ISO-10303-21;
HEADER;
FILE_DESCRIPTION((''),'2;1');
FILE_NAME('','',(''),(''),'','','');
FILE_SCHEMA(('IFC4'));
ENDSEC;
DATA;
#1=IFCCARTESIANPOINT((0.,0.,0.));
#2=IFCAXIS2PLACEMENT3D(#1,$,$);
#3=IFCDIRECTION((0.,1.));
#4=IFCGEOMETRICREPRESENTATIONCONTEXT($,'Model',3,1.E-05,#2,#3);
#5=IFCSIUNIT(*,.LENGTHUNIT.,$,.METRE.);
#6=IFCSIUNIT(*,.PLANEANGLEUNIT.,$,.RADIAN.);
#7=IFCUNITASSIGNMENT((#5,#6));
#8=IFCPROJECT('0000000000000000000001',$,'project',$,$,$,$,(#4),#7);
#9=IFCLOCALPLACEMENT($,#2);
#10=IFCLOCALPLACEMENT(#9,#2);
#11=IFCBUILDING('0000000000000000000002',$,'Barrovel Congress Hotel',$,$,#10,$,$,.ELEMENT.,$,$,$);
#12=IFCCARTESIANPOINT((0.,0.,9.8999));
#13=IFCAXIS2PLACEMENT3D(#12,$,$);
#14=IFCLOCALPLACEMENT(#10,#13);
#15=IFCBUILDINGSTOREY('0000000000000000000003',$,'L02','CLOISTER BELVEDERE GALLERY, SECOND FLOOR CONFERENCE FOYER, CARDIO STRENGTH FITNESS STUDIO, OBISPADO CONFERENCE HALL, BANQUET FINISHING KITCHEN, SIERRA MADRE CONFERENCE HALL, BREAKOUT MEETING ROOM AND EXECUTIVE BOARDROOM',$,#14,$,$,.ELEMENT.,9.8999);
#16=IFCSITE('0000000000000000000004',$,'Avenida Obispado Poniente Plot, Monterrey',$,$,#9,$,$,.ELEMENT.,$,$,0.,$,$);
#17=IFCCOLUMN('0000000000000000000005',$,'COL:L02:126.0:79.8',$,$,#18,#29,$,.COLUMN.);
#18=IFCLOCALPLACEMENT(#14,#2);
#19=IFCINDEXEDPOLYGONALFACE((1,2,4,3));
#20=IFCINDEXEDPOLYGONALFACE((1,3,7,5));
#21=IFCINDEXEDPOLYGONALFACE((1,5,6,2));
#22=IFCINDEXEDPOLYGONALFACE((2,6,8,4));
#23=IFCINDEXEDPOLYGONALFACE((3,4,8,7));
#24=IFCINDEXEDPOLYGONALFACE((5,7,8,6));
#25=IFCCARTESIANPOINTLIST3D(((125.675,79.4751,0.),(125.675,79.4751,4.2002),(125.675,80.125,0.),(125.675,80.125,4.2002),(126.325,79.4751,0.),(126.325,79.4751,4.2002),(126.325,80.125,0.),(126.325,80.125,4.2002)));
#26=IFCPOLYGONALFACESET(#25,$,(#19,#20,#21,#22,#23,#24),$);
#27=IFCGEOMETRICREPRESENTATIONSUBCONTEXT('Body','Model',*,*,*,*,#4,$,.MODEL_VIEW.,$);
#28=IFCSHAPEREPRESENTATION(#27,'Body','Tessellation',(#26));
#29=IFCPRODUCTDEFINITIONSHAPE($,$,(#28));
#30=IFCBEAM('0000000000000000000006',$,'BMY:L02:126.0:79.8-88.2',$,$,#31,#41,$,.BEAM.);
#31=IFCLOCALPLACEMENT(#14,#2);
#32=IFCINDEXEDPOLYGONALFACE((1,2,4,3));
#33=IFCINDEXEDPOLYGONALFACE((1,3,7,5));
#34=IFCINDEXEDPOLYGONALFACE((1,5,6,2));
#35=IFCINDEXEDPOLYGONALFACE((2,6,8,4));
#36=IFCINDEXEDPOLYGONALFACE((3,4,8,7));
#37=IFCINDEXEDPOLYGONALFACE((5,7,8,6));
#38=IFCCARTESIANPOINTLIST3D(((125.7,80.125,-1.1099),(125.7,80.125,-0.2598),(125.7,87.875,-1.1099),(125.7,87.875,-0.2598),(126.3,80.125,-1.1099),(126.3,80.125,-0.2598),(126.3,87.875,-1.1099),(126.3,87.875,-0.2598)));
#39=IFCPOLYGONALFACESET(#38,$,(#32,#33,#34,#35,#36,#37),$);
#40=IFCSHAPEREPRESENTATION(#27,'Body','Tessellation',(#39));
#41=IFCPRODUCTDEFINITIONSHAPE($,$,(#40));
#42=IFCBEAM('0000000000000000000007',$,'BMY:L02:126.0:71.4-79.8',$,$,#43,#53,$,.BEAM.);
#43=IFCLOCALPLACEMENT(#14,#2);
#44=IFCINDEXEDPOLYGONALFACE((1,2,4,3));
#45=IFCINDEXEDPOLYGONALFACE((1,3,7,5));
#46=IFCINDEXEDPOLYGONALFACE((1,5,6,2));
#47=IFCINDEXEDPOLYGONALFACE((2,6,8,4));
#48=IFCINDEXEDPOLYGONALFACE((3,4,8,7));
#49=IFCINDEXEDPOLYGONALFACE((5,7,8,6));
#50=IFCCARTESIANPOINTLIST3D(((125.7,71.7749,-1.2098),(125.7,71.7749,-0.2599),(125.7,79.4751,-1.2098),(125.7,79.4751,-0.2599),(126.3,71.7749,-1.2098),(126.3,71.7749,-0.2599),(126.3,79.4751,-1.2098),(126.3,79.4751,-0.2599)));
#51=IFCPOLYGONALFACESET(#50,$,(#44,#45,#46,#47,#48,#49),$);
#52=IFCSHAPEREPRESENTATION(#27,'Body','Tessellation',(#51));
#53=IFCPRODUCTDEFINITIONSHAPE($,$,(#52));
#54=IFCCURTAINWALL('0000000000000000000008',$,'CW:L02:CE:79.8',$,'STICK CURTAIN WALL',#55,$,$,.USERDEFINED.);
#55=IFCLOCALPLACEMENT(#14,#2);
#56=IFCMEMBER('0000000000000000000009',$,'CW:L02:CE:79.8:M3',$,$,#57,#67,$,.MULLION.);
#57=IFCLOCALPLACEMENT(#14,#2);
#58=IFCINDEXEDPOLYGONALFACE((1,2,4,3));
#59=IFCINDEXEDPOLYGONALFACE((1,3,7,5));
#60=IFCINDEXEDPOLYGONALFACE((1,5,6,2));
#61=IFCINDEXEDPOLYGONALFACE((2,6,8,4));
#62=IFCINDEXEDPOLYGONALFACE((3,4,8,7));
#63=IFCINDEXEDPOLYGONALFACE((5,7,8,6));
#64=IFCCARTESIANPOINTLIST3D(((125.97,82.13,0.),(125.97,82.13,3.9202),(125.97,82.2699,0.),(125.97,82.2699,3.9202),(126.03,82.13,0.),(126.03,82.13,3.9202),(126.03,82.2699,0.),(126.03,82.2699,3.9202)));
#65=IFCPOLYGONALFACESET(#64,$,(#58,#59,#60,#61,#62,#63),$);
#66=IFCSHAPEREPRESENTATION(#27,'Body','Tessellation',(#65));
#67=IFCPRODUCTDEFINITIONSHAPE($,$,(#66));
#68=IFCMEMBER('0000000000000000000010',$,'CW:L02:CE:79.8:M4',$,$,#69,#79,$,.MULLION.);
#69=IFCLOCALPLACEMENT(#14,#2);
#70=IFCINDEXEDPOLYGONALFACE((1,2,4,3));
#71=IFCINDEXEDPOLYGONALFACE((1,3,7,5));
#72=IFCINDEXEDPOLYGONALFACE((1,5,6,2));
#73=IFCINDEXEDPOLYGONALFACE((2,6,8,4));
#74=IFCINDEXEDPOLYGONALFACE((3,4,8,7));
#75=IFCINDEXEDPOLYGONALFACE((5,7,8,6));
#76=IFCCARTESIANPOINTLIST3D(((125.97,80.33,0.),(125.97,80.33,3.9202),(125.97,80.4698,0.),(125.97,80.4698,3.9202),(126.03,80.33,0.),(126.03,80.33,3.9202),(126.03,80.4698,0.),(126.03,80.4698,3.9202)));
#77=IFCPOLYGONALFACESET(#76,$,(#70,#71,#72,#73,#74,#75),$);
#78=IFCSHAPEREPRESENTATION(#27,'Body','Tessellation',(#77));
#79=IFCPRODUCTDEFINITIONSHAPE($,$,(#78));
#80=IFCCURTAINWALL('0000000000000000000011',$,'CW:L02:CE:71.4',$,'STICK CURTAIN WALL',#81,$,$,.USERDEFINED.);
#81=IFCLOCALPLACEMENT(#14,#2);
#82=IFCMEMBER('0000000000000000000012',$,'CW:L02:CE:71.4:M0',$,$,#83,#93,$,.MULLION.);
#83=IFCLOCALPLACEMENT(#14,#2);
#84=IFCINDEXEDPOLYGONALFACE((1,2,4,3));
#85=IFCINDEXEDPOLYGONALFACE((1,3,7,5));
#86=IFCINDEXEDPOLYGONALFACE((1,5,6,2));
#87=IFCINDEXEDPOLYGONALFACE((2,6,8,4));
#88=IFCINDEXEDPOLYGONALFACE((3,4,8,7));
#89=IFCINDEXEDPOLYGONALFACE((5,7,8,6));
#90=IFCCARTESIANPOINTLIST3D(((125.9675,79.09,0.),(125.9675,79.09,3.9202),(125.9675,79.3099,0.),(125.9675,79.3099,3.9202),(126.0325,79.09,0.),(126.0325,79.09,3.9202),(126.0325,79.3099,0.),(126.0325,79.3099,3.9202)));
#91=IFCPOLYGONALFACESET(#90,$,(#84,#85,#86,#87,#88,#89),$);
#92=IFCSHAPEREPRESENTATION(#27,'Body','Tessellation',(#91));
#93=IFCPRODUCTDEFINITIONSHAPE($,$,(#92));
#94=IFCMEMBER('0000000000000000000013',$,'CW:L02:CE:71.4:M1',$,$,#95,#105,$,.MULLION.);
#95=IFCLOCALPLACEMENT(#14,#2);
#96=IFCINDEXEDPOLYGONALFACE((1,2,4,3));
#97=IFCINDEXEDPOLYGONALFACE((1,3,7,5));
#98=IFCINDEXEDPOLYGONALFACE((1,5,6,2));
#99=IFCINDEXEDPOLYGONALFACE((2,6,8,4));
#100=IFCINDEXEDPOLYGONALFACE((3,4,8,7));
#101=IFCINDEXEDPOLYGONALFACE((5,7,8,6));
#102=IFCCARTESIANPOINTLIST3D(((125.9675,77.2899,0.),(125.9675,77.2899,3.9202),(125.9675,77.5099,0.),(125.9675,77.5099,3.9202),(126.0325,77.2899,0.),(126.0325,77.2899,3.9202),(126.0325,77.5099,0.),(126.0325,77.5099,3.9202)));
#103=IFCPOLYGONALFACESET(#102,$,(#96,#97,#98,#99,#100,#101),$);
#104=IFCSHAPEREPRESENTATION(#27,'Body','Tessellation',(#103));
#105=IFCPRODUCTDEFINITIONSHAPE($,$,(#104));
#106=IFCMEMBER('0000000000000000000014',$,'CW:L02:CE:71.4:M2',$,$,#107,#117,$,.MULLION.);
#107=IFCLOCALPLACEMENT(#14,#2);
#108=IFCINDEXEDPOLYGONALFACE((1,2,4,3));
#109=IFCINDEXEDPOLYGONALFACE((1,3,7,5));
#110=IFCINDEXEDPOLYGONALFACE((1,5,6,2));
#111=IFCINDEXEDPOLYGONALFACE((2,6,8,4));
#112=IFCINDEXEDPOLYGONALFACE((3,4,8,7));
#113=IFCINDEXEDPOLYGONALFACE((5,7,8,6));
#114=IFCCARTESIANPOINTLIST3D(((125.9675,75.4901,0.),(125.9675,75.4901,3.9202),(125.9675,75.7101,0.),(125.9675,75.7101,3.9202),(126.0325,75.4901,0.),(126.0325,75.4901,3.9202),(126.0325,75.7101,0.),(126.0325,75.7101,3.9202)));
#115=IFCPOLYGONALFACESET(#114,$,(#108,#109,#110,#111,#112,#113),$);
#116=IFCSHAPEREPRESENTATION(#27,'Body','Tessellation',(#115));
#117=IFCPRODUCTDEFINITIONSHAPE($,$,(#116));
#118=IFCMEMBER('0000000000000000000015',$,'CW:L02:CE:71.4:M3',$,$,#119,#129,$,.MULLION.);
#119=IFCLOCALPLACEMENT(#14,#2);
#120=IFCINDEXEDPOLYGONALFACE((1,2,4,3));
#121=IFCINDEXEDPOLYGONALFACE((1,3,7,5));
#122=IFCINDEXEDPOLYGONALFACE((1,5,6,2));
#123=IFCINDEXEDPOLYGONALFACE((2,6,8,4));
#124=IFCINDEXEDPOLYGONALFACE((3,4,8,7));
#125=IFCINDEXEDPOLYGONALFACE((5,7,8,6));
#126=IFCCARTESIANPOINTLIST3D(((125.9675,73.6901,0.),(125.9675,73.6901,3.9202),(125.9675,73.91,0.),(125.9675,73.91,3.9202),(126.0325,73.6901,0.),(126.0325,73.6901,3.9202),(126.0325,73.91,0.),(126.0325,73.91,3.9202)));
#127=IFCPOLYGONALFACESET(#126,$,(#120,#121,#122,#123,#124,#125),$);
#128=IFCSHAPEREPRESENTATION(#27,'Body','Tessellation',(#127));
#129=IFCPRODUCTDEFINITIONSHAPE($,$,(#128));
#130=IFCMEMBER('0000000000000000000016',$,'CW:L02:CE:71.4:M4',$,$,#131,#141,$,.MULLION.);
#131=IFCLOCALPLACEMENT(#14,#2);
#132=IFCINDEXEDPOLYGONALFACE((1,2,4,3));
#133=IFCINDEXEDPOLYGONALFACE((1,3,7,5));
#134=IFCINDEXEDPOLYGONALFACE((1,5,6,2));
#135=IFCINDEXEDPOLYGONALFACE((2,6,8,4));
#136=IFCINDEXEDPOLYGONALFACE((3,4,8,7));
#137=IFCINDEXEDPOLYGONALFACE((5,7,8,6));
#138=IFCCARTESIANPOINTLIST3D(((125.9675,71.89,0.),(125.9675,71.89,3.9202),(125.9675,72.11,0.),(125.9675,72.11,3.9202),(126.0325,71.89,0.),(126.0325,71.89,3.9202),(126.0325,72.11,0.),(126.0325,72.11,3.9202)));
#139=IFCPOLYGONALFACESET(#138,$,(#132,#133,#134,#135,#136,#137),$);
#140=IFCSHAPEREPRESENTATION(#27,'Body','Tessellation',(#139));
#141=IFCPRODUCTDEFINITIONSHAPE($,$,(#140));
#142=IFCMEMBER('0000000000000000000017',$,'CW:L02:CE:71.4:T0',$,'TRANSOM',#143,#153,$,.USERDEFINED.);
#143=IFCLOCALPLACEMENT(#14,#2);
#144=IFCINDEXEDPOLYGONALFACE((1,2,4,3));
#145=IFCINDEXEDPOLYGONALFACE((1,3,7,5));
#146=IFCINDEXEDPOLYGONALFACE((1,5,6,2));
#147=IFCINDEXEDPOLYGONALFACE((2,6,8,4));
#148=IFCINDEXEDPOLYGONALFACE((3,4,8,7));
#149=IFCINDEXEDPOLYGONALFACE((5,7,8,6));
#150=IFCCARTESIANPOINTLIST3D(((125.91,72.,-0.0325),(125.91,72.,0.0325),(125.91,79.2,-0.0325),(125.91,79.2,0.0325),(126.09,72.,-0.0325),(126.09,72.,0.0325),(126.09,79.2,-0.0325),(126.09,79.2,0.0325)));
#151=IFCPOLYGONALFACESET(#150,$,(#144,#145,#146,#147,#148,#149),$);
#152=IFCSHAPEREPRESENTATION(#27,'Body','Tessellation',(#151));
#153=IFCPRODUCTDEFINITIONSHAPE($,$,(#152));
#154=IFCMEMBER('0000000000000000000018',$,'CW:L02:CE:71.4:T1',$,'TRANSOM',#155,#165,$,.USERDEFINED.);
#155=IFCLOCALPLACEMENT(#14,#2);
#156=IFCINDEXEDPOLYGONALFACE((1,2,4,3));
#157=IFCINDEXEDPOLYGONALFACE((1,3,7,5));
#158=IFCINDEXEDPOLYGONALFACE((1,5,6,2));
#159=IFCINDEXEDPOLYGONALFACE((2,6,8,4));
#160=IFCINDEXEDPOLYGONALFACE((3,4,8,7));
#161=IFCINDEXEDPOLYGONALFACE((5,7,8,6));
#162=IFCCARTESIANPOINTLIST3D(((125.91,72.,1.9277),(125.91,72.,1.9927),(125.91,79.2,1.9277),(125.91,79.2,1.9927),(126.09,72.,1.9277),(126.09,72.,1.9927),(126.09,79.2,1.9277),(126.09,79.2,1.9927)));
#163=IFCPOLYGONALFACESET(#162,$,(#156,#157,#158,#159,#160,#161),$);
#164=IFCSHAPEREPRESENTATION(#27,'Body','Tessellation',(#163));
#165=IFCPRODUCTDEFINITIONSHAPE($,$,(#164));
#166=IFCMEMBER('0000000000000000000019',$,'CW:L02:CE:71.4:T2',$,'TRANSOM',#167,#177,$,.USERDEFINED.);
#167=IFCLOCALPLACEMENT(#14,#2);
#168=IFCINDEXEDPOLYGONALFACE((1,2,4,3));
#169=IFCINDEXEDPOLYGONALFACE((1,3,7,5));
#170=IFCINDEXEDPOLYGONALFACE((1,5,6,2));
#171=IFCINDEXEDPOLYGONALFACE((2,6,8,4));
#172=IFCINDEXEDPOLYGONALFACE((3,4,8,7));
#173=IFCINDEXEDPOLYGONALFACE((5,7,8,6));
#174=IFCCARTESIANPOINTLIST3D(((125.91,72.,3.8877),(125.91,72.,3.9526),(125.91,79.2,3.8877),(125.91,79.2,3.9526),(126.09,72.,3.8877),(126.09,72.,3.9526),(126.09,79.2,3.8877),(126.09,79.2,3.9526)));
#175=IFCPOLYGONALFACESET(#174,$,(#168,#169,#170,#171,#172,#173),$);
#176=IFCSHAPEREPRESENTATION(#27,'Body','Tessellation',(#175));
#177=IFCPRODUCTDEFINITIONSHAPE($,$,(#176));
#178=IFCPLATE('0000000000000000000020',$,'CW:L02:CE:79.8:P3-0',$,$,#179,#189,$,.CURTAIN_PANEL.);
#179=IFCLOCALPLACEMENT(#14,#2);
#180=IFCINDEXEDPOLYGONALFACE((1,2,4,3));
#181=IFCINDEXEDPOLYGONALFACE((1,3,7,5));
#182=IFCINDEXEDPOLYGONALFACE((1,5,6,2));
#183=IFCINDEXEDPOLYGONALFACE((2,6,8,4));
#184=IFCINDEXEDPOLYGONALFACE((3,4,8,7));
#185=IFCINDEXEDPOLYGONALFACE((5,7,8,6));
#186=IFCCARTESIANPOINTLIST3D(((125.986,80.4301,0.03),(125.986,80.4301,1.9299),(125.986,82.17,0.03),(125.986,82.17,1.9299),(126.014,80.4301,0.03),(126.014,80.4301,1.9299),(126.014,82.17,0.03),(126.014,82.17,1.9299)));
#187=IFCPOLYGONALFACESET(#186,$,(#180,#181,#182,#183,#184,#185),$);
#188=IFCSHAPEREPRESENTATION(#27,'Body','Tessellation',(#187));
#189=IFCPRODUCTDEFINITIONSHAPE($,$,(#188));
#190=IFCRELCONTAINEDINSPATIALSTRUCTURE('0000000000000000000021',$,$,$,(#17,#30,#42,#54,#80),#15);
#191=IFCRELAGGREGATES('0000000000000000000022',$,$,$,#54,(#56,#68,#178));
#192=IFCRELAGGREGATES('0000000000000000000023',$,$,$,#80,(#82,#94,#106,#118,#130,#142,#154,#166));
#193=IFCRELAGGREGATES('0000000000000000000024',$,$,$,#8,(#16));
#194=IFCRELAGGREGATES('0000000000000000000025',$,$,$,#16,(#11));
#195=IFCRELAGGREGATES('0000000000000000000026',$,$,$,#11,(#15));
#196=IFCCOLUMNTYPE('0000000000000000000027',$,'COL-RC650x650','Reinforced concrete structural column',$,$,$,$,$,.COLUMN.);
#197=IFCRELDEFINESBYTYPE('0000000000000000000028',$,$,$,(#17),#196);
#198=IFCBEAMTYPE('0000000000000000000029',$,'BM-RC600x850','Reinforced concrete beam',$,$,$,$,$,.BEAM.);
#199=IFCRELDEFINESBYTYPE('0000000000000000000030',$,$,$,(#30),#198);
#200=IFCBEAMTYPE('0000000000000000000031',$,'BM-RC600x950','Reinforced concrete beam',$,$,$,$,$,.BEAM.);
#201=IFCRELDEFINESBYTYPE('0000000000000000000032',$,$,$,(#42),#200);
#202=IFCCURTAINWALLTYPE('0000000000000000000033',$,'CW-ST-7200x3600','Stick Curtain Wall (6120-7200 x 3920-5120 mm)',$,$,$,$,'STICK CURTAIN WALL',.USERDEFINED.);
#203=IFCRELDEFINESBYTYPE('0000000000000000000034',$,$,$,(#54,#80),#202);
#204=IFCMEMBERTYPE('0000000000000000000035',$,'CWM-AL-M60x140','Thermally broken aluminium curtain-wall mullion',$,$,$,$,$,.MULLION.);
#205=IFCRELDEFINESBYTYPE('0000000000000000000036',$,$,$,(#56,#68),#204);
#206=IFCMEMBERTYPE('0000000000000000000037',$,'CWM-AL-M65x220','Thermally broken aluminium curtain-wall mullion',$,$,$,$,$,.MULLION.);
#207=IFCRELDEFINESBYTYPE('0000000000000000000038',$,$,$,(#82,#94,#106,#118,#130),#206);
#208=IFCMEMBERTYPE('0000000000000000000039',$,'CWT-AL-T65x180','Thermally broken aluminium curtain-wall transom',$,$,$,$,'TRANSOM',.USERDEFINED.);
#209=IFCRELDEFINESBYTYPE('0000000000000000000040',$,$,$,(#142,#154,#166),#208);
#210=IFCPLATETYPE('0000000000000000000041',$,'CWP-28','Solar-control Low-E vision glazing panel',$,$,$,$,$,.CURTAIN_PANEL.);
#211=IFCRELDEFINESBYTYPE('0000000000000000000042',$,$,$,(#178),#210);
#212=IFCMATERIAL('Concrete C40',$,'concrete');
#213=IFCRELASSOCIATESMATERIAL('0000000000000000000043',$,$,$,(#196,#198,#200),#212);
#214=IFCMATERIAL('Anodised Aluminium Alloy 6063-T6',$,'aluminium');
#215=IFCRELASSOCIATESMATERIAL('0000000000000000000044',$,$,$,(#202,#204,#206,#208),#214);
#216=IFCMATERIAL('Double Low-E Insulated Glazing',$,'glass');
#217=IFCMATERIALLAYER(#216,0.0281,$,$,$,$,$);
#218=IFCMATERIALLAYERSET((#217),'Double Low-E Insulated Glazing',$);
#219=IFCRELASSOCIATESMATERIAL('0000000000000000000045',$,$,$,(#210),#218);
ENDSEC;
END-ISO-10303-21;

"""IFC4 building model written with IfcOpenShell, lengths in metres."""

from ifc_helpers import new_model, si_unit, direction, frame, origin, origin_2d, place, context, subcontext, project, spatial, rectangle, extrude, material, layer, layer_set, material_profile, profile_set, type_object, element, aggregate, save


model = new_model("IFC4")

# Units and contexts
model_context = context("Model", 3, precision=1e-05, world=origin(), true_north=direction((0.0, 1.0)))
body_context = subcontext(model_context, "Body", "Model", "MODEL_VIEW")
ifc_project = project(units=[si_unit("LENGTHUNIT", "METRE"), si_unit("PLANEANGLEUNIT", "RADIAN")], contexts=[model_context])

# Site, building, storey
site_placement = place(None, origin())
site = spatial("IfcSite", under=ifc_project, at=site_placement, Name="Avenida Obispado Poniente Plot, Monterrey", CompositionType="ELEMENT", RefElevation=0.0)
building_placement = place(site_placement, origin())
building = spatial("IfcBuilding", under=site, at=building_placement, Name="Barrovel Congress Hotel", CompositionType="ELEMENT")
storey_placement = place(building_placement, frame((0.0, 0.0, 9.8999)))
storey = spatial("IfcBuildingStorey", under=building, at=storey_placement, Name="L02", Description="CLOISTER BELVEDERE GALLERY, SECOND FLOOR CONFERENCE FOYER, CARDIO STRENGTH FITNESS STUDIO, OBISPADO CONFERENCE HALL, BANQUET FINISHING KITCHEN, SIERRA MADRE CONFERENCE HALL, BREAKOUT MEETING ROOM AND EXECUTIVE BOARDROOM", CompositionType="ELEMENT", Elevation=9.8999)

# Column
ifc_material_1 = material(Name="Concrete C40", Category="concrete")
ifc_material_profile_1 = material_profile(ifc_material_1, rectangle(XDim=0.6499, YDim=0.6499, at=origin_2d()), Name="RC650x650")
ifc_profile_set_1 = profile_set([ifc_material_profile_1], Name="Concrete C40")
column_type = type_object("IfcColumnType", Name="COL-RC650x650", Description="Reinforced concrete structural column", PredefinedType="COLUMN", material=ifc_profile_set_1)
column_placement = place(storey_placement, frame((126.0, 79.8, 0.0), z_axis=(0.0, 0.0, 1.0), x_axis=(1.0, 0.0, 0.0)))
element("IfcColumn", 1, at=column_placement, inside=storey, type_object=column_type, Name="COL:L02:126.0:79.8", PredefinedType="COLUMN", context=body_context, shape_type="SweptSolid", body=[
    extrude(rectangle(XDim=0.6499, YDim=0.6499, at=origin_2d()), origin(), (0.0, 0.0, 1.0), 4.2002),
])

# Beams
ifc_material_profile_2 = material_profile(ifc_material_1, rectangle(XDim=0.6001, YDim=0.8501, at=origin_2d()), Name="RC600x850")
ifc_profile_set_2 = profile_set([ifc_material_profile_2], Name="Concrete C40")
beam_type_1 = type_object("IfcBeamType", Name="BM-RC600x850", Description="Reinforced concrete beam", PredefinedType="BEAM", material=ifc_profile_set_2)
beam_1_placement = place(storey_placement, frame((126.0, 80.125, -0.6848), z_axis=(0.0, 1.0, 0.0), x_axis=(-1.0, 0.0, 0.0)))
element("IfcBeam", 2, at=beam_1_placement, inside=storey, type_object=beam_type_1, Name="BMY:L02:126.0:79.8-88.2", PredefinedType="BEAM", context=body_context, shape_type="SweptSolid", body=[
    extrude(rectangle(XDim=0.6001, YDim=0.8501, at=origin_2d()), origin(), (0.0, 0.0, 1.0), 7.75),
])
ifc_material_profile_3 = material_profile(ifc_material_1, rectangle(XDim=0.6001, YDim=0.95, at=origin_2d()), Name="RC600x950")
ifc_profile_set_3 = profile_set([ifc_material_profile_3], Name="Concrete C40")
beam_type_2 = type_object("IfcBeamType", Name="BM-RC600x950", Description="Reinforced concrete beam", PredefinedType="BEAM", material=ifc_profile_set_3)
beam_2_placement = place(storey_placement, frame((126.0, 71.7749, -0.7349), z_axis=(0.0, 1.0, 0.0), x_axis=(-1.0, 0.0, 0.0)))
element("IfcBeam", 3, at=beam_2_placement, inside=storey, type_object=beam_type_2, Name="BMY:L02:126.0:71.4-79.8", PredefinedType="BEAM", context=body_context, shape_type="SweptSolid", body=[
    extrude(rectangle(XDim=0.6001, YDim=0.95, at=origin_2d()), origin(), (0.0, 0.0, 1.0), 7.7002),
])

# Curtain walls, members
ifc_material_2 = material(Name="Anodised Aluminium Alloy 6063-T6", Category="aluminium")
curtain_wall_type = type_object("IfcCurtainWallType", Name="CW-ST-7200x3600", Description="Stick Curtain Wall (6120-7200 x 3920-5120 mm)", ElementType="STICK CURTAIN WALL", PredefinedType="USERDEFINED", material=ifc_material_2)
curtain_wall_1_placement = place(storey_placement, origin())
curtain_wall_1 = element("IfcCurtainWall", 4, at=curtain_wall_1_placement, inside=storey, type_object=curtain_wall_type, Name="CW:L02:CE:79.8", ObjectType="STICK CURTAIN WALL", PredefinedType="USERDEFINED")
ifc_material_profile_4 = material_profile(ifc_material_2, rectangle(XDim=0.0601, YDim=0.1399, at=origin_2d()), Name="AL-M60x140")
ifc_profile_set_4 = profile_set([ifc_material_profile_4], Name="Anodised Aluminium Alloy 6063-T6")
member_type_1 = type_object("IfcMemberType", Name="CWM-AL-M60x140", Description="Thermally broken aluminium curtain-wall mullion", PredefinedType="MULLION", material=ifc_profile_set_4)
member_1_placement = place(storey_placement, frame((126.0, 82.2, 0.0), z_axis=(0.0, 0.0, 1.0), x_axis=(1.0, 0.0, 0.0)))
member_1 = element("IfcMember", 5, at=member_1_placement, type_object=member_type_1, Name="CW:L02:CE:79.8:M3", PredefinedType="MULLION", context=body_context, shape_type="SweptSolid", body=[
    extrude(rectangle(XDim=0.0601, YDim=0.1399, at=origin_2d()), origin(), (0.0, 0.0, 1.0), 3.9202),
])
member_2_placement = place(storey_placement, frame((126.0, 80.3999, 0.0), z_axis=(0.0, 0.0, 1.0), x_axis=(1.0, 0.0, 0.0)))
member_2 = element("IfcMember", 6, at=member_2_placement, type_object=member_type_1, Name="CW:L02:CE:79.8:M4", PredefinedType="MULLION", context=body_context, shape_type="SweptSolid", body=[
    extrude(rectangle(XDim=0.0601, YDim=0.1399, at=origin_2d()), origin(), (0.0, 0.0, 1.0), 3.9202),
])
curtain_wall_2_placement = place(storey_placement, origin())
curtain_wall_2 = element("IfcCurtainWall", 7, at=curtain_wall_2_placement, inside=storey, type_object=curtain_wall_type, Name="CW:L02:CE:71.4", ObjectType="STICK CURTAIN WALL", PredefinedType="USERDEFINED")
ifc_material_profile_5 = material_profile(ifc_material_2, rectangle(XDim=0.0649, YDim=0.22, at=origin_2d()), Name="AL-M65x220")
ifc_profile_set_5 = profile_set([ifc_material_profile_5], Name="Anodised Aluminium Alloy 6063-T6")
member_type_2 = type_object("IfcMemberType", Name="CWM-AL-M65x220", Description="Thermally broken aluminium curtain-wall mullion", PredefinedType="MULLION", material=ifc_profile_set_5)
member_3_placement = place(storey_placement, frame((126.0, 79.2, 0.0), z_axis=(0.0, 0.0, 1.0), x_axis=(1.0, 0.0, 0.0)))
member_3 = element("IfcMember", 8, at=member_3_placement, type_object=member_type_2, Name="CW:L02:CE:71.4:M0", PredefinedType="MULLION", context=body_context, shape_type="SweptSolid", body=[
    extrude(rectangle(XDim=0.0649, YDim=0.22, at=origin_2d()), origin(), (0.0, 0.0, 1.0), 3.9202),
])
member_4_placement = place(storey_placement, frame((126.0, 77.3999, 0.0), z_axis=(0.0, 0.0, 1.0), x_axis=(1.0, 0.0, 0.0)))
member_4 = element("IfcMember", 9, at=member_4_placement, type_object=member_type_2, Name="CW:L02:CE:71.4:M1", PredefinedType="MULLION", context=body_context, shape_type="SweptSolid", body=[
    extrude(rectangle(XDim=0.0649, YDim=0.22, at=origin_2d()), origin(), (0.0, 0.0, 1.0), 3.9202),
])
member_5_placement = place(storey_placement, frame((126.0, 75.6001, 0.0), z_axis=(0.0, 0.0, 1.0), x_axis=(1.0, 0.0, 0.0)))
member_5 = element("IfcMember", 10, at=member_5_placement, type_object=member_type_2, Name="CW:L02:CE:71.4:M2", PredefinedType="MULLION", context=body_context, shape_type="SweptSolid", body=[
    extrude(rectangle(XDim=0.0649, YDim=0.22, at=origin_2d()), origin(), (0.0, 0.0, 1.0), 3.9202),
])
member_6_placement = place(storey_placement, frame((126.0, 73.8, 0.0), z_axis=(0.0, 0.0, 1.0), x_axis=(1.0, 0.0, 0.0)))
member_6 = element("IfcMember", 11, at=member_6_placement, type_object=member_type_2, Name="CW:L02:CE:71.4:M3", PredefinedType="MULLION", context=body_context, shape_type="SweptSolid", body=[
    extrude(rectangle(XDim=0.0649, YDim=0.22, at=origin_2d()), origin(), (0.0, 0.0, 1.0), 3.9202),
])
member_7_placement = place(storey_placement, frame((126.0, 72.0, 0.0), z_axis=(0.0, 0.0, 1.0), x_axis=(1.0, 0.0, 0.0)))
member_7 = element("IfcMember", 12, at=member_7_placement, type_object=member_type_2, Name="CW:L02:CE:71.4:M4", PredefinedType="MULLION", context=body_context, shape_type="SweptSolid", body=[
    extrude(rectangle(XDim=0.0649, YDim=0.22, at=origin_2d()), origin(), (0.0, 0.0, 1.0), 3.9202),
])
ifc_material_profile_6 = material_profile(ifc_material_2, rectangle(XDim=0.1799, YDim=0.0649, at=origin_2d()), Name="AL-T65x180")
ifc_profile_set_6 = profile_set([ifc_material_profile_6], Name="Anodised Aluminium Alloy 6063-T6")
member_type_3 = type_object("IfcMemberType", Name="CWT-AL-T65x180", Description="Thermally broken aluminium curtain-wall transom", ElementType="TRANSOM", PredefinedType="USERDEFINED", material=ifc_profile_set_6)
member_8_placement = place(storey_placement, frame((126.0, 79.2, 0.0), z_axis=(0.0, -1.0, 0.0), x_axis=(1.0, 0.0, 0.0)))
member_8 = element("IfcMember", 13, at=member_8_placement, type_object=member_type_3, Name="CW:L02:CE:71.4:T0", ObjectType="TRANSOM", PredefinedType="USERDEFINED", context=body_context, shape_type="SweptSolid", body=[
    extrude(rectangle(XDim=0.1799, YDim=0.0649, at=origin_2d()), origin(), (0.0, 0.0, 1.0), 7.2),
])
member_9_placement = place(storey_placement, frame((126.0, 79.2, 1.9602), z_axis=(0.0, -1.0, 0.0), x_axis=(1.0, 0.0, 0.0)))
member_9 = element("IfcMember", 14, at=member_9_placement, type_object=member_type_3, Name="CW:L02:CE:71.4:T1", ObjectType="TRANSOM", PredefinedType="USERDEFINED", context=body_context, shape_type="SweptSolid", body=[
    extrude(rectangle(XDim=0.1799, YDim=0.0649, at=origin_2d()), origin(), (0.0, 0.0, 1.0), 7.2),
])
member_10_placement = place(storey_placement, frame((126.0, 79.2, 3.9202), z_axis=(0.0, -1.0, 0.0), x_axis=(1.0, 0.0, 0.0)))
member_10 = element("IfcMember", 15, at=member_10_placement, type_object=member_type_3, Name="CW:L02:CE:71.4:T2", ObjectType="TRANSOM", PredefinedType="USERDEFINED", context=body_context, shape_type="SweptSolid", body=[
    extrude(rectangle(XDim=0.1799, YDim=0.0649, at=origin_2d()), origin(), (0.0, 0.0, 1.0), 7.2),
])

# Plate
ifc_material_3 = material(Name="Double Low-E Insulated Glazing", Category="glass")
ifc_layer_1 = layer(ifc_material_3, 0.0281)
ifc_layer_set_1 = layer_set([ifc_layer_1], Name="Double Low-E Insulated Glazing")
plate_type_1 = type_object("IfcPlateType", Name="CWP-28", Description="Solar-control Low-E vision glazing panel", PredefinedType="CURTAIN_PANEL", material=ifc_layer_set_1)
plate_1_placement = place(storey_placement, frame((126.0, 81.3, 0.03), z_axis=(0.0, 0.0, 1.0), x_axis=(0.0, -1.0, 0.0)))
plate_1 = element("IfcPlate", 16, at=plate_1_placement, type_object=plate_type_1, Name="CW:L02:CE:79.8:P3-0", PredefinedType="CURTAIN_PANEL", context=body_context, shape_type="SweptSolid", body=[
    extrude(rectangle(XDim=1.74, YDim=0.0281, at=origin_2d()), origin(), (0.0, 0.0, 1.0), 1.8999),
])
aggregate(curtain_wall_1, [member_1, member_2, plate_1])
aggregate(curtain_wall_2, [member_3, member_4, member_5, member_6, member_7, member_8, member_9, member_10])

save(model, "model.ifc")
